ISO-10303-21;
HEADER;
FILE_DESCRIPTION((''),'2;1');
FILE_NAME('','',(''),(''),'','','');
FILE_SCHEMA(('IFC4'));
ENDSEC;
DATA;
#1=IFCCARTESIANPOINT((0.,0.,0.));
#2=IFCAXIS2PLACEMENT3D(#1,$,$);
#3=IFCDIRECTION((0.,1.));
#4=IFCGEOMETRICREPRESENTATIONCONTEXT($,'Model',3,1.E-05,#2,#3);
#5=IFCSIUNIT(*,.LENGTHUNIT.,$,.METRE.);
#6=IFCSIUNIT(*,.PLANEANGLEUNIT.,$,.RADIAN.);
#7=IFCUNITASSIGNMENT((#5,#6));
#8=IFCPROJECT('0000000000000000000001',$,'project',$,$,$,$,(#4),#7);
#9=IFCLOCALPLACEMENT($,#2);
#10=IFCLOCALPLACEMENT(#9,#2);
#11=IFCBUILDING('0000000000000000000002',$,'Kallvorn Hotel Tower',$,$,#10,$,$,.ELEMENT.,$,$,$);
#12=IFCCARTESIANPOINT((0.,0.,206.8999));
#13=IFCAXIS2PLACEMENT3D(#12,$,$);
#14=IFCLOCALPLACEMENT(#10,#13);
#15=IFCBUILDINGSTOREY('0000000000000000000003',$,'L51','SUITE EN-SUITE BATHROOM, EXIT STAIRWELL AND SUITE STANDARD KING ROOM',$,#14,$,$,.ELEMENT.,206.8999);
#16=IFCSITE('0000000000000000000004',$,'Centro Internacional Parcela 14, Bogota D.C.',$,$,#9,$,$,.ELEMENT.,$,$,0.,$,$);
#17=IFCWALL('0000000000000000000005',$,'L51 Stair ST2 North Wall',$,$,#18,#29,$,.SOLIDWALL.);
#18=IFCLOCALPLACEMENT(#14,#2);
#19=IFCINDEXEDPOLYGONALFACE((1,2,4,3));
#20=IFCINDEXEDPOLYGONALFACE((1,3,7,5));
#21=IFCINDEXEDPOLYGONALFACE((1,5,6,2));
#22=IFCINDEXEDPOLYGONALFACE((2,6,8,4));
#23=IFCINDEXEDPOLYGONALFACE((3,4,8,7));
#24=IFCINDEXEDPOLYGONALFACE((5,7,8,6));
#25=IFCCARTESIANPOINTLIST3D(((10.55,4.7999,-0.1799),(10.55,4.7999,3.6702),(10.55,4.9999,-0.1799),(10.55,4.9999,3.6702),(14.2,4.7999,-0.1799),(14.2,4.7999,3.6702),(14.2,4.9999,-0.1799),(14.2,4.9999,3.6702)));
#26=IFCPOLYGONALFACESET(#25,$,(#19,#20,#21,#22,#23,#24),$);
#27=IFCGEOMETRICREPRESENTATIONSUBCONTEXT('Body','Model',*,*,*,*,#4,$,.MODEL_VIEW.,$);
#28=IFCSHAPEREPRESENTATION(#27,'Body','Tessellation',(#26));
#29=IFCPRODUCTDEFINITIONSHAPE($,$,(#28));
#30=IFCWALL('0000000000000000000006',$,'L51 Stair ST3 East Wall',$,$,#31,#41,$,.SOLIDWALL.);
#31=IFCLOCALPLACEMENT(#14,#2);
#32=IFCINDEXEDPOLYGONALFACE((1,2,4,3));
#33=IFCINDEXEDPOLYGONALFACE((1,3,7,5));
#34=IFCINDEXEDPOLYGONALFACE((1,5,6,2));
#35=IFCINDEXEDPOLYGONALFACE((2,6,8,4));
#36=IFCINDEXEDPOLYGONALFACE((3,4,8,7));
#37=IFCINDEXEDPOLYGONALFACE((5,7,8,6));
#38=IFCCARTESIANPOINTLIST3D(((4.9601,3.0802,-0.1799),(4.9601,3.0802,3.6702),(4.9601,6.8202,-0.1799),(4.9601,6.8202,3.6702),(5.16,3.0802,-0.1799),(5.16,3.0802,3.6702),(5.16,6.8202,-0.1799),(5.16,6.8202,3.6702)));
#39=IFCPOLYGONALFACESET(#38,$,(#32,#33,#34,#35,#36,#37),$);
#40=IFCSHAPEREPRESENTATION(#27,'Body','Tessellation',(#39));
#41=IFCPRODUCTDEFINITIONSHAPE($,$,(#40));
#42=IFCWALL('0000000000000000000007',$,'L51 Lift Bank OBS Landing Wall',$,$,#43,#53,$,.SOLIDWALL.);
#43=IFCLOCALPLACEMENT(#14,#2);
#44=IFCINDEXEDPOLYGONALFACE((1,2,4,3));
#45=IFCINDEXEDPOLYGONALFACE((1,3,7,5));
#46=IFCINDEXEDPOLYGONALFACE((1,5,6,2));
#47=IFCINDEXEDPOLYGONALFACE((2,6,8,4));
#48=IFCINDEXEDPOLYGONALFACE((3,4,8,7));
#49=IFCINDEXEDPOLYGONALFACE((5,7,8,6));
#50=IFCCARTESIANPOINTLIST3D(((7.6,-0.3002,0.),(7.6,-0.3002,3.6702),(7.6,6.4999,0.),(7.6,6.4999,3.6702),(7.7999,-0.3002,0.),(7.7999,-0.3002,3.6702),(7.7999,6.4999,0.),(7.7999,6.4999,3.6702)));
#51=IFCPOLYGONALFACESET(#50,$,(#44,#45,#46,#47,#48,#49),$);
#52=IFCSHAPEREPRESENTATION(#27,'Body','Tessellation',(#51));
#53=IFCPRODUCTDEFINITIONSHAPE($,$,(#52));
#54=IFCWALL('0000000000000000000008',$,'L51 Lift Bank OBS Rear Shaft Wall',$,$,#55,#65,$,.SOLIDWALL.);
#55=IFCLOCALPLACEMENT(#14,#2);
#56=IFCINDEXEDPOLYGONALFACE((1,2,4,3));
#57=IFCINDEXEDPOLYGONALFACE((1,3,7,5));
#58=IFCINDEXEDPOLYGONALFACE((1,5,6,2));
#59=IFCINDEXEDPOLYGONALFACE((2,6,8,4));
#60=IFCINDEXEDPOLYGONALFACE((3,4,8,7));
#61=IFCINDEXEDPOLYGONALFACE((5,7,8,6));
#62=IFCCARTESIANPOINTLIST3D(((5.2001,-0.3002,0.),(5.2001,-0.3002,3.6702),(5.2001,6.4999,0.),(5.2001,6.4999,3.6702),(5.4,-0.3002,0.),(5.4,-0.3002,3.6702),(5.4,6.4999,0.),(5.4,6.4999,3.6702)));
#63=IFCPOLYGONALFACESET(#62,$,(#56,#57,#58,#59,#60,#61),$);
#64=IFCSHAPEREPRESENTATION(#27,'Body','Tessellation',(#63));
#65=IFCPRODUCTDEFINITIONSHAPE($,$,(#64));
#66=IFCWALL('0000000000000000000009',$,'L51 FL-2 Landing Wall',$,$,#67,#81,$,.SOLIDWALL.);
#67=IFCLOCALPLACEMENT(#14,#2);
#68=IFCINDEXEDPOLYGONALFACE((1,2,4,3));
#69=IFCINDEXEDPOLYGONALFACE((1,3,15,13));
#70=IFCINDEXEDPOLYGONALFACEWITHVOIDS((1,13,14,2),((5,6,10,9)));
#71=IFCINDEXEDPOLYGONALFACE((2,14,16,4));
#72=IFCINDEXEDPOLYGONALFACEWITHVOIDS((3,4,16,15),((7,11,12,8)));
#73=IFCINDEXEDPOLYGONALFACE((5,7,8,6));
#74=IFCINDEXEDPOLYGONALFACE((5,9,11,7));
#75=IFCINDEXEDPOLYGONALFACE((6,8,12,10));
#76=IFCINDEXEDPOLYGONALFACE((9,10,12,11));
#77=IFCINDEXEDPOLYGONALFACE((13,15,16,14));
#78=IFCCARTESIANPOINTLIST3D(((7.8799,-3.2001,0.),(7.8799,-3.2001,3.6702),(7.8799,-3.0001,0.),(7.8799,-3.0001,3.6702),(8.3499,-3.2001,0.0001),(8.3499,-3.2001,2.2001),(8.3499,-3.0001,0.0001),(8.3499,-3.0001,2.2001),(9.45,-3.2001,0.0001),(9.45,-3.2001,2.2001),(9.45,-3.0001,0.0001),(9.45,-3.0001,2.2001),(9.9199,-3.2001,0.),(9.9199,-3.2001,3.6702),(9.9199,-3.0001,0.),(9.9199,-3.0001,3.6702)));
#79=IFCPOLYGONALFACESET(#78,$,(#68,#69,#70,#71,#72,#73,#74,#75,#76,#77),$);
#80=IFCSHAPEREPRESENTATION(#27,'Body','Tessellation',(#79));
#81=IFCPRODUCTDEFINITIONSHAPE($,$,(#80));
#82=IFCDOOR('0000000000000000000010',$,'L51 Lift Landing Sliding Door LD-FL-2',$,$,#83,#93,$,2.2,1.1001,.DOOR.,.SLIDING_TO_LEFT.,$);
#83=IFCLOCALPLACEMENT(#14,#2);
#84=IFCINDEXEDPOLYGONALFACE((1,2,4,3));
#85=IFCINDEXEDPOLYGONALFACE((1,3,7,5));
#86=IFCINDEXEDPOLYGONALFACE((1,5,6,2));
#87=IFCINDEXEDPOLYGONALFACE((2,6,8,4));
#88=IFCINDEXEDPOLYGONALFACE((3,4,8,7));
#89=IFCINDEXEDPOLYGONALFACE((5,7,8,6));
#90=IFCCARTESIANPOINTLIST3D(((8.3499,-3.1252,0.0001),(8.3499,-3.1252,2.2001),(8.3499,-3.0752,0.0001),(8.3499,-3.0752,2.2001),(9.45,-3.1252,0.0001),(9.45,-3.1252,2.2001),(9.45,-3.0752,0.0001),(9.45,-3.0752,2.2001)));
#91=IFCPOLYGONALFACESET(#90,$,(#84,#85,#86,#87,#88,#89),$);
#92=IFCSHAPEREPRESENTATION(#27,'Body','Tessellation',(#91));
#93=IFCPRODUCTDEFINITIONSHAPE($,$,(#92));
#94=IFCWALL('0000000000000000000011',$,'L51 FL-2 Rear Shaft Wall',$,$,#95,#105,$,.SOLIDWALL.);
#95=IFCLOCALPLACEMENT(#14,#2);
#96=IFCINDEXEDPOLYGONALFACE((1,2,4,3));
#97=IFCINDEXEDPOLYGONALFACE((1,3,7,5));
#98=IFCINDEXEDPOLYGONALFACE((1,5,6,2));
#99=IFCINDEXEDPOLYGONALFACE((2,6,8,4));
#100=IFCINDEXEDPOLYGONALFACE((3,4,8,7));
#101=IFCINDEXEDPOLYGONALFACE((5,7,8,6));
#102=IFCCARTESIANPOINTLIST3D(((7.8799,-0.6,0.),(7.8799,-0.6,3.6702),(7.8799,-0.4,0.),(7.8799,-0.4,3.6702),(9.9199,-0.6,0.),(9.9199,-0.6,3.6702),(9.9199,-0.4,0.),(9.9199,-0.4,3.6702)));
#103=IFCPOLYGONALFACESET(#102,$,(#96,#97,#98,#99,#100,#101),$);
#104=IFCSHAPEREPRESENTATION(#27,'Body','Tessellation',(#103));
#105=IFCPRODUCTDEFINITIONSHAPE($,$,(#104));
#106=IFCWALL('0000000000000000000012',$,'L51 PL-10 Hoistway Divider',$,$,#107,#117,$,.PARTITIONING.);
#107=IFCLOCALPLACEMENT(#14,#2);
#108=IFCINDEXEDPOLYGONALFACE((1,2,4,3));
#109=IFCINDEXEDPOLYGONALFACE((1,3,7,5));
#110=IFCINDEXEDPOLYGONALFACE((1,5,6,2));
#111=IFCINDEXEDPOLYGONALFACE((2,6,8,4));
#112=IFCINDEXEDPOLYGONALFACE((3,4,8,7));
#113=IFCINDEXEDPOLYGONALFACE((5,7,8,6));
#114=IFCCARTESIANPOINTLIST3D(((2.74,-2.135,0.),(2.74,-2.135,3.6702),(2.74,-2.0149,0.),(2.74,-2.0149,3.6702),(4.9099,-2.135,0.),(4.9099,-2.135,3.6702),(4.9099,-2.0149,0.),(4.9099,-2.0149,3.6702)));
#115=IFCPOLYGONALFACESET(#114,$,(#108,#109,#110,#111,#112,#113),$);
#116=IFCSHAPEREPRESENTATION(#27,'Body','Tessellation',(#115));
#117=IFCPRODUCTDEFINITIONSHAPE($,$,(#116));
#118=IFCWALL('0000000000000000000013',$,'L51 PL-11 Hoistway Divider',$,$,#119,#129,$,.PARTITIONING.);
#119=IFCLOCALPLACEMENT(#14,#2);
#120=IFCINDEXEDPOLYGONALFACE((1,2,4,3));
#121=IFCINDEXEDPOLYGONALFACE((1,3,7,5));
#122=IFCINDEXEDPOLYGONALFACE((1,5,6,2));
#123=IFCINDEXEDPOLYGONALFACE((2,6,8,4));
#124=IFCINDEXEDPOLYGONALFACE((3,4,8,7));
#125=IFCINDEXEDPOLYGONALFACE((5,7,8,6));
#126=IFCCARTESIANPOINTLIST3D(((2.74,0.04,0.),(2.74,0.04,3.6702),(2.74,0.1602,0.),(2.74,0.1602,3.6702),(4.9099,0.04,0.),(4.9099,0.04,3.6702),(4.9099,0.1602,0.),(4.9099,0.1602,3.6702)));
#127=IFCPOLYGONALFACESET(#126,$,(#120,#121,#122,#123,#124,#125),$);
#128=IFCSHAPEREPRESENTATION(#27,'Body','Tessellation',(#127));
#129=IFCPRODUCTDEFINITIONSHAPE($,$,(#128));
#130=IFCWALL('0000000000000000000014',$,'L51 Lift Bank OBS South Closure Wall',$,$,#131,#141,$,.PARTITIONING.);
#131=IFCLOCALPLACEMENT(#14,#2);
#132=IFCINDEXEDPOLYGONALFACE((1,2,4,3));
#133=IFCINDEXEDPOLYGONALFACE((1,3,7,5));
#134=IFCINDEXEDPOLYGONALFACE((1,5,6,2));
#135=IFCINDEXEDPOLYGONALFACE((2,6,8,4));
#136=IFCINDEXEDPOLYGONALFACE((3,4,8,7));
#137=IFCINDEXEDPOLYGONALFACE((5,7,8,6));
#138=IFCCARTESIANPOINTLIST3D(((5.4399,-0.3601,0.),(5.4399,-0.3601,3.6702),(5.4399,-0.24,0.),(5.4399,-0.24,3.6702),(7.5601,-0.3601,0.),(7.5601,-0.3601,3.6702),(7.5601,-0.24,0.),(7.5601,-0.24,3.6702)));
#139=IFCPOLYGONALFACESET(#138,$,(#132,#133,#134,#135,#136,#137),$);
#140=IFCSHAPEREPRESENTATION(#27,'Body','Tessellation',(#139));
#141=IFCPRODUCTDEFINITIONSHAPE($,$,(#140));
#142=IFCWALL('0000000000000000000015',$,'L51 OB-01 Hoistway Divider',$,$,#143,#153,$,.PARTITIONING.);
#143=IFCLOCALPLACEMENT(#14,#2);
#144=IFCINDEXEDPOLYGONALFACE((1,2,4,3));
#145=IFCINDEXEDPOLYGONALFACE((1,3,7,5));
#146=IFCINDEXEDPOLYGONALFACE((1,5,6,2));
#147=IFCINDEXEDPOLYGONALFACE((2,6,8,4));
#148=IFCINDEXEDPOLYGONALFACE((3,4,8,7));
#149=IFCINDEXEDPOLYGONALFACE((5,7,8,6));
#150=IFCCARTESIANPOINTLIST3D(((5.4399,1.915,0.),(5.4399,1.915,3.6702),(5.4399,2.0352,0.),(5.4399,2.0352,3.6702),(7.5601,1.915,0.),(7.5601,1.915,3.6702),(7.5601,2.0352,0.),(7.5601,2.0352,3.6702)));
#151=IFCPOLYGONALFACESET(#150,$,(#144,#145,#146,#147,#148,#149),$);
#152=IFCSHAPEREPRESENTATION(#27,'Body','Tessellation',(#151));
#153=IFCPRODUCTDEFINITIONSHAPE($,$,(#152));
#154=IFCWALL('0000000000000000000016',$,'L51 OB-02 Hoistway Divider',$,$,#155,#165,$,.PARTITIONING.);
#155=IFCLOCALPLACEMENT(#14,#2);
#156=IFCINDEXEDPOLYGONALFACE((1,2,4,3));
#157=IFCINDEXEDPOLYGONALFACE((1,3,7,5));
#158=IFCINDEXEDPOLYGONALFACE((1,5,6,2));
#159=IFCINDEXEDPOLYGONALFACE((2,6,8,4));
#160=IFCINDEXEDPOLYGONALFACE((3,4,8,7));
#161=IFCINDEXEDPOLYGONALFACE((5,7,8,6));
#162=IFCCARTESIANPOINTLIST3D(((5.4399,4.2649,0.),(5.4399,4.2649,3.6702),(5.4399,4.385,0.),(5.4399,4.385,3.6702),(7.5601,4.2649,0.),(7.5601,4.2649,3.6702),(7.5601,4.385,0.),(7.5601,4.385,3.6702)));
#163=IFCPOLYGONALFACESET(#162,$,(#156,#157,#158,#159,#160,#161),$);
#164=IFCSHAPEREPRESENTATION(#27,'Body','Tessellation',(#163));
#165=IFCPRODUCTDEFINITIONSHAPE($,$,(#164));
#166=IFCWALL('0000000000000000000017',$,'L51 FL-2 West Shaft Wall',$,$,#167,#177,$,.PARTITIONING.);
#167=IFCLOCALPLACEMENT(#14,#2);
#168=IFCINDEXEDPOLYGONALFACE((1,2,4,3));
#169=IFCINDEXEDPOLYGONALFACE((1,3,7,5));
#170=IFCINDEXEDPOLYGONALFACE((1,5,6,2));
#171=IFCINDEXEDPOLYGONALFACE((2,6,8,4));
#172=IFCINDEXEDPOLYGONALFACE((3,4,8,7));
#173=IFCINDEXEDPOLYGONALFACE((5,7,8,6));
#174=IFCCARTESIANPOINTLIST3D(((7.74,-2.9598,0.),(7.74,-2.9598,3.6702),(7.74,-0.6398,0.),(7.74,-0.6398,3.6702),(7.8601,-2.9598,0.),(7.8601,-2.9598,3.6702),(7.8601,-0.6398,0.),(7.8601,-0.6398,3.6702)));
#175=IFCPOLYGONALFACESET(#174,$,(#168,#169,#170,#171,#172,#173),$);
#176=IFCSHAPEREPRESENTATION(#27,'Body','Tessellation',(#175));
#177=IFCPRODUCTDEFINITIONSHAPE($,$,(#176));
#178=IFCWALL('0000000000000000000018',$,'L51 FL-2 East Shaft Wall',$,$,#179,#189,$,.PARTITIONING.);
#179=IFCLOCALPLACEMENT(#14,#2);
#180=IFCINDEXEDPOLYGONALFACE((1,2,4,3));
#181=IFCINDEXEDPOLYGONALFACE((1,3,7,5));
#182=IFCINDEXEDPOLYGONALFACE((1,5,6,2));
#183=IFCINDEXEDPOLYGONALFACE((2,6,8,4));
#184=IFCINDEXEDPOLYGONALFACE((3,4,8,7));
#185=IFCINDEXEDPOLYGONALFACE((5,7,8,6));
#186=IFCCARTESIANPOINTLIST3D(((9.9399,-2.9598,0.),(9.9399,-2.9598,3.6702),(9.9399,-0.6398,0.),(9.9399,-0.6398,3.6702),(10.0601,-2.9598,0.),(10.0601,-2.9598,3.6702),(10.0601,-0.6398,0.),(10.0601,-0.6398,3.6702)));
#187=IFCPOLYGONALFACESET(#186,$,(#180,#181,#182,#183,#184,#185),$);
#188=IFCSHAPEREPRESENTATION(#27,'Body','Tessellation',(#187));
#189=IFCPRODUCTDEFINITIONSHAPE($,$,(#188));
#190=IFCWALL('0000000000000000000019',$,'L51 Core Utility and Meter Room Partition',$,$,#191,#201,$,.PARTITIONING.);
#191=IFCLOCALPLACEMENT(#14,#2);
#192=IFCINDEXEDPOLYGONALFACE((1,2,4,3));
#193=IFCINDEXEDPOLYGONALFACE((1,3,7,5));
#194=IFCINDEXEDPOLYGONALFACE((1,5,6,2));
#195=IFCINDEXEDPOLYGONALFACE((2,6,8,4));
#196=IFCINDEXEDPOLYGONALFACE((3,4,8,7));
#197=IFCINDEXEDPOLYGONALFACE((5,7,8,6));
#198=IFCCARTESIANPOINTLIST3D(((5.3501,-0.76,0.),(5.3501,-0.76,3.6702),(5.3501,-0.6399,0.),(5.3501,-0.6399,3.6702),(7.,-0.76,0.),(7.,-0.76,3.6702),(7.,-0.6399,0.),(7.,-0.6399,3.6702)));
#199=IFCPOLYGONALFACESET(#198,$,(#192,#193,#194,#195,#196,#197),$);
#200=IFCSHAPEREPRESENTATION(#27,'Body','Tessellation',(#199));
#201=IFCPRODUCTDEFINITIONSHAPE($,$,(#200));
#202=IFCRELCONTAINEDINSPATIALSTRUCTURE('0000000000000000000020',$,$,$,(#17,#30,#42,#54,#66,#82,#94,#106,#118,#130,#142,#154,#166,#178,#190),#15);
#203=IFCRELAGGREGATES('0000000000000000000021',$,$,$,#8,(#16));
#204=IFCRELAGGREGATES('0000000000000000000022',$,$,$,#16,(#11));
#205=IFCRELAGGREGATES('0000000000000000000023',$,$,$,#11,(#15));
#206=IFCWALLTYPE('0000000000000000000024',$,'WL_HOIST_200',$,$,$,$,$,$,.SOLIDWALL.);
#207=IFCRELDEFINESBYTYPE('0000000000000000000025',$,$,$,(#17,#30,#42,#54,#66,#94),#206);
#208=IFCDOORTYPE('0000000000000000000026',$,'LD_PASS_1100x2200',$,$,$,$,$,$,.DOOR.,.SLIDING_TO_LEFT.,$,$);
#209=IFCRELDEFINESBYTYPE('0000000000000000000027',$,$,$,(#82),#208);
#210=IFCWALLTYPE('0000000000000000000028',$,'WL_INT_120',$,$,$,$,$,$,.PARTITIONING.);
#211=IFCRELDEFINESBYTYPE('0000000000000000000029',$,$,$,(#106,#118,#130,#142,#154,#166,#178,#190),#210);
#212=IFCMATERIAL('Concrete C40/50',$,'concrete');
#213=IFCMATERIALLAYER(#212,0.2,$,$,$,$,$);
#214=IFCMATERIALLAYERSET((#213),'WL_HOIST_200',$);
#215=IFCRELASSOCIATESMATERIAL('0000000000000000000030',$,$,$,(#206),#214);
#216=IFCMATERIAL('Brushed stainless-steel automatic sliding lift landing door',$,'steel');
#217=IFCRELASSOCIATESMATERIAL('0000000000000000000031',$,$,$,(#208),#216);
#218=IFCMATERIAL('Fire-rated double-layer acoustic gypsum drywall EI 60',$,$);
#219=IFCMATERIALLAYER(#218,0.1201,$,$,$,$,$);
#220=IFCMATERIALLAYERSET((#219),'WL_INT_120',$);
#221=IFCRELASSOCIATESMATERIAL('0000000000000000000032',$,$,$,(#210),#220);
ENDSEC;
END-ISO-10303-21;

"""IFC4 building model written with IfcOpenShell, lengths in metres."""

from ifc_helpers import new_model, si_unit, direction, frame, frame_2d, origin, place, context, subcontext, project, spatial, rectangle, extrude, material, layer, layer_set, type_object, element, fill, save


model = new_model("IFC4")

# Units and contexts
model_context = context("Model", 3, precision=1e-05, world=origin(), true_north=direction((0.0, 1.0)))
body_context = subcontext(model_context, "Body", "Model", "MODEL_VIEW")
ifc_project = project(units=[si_unit("LENGTHUNIT", "METRE"), si_unit("PLANEANGLEUNIT", "RADIAN")], contexts=[model_context])

# Site, building, storey
site_placement = place(None, origin())
site = spatial("IfcSite", under=ifc_project, at=site_placement, Name="Centro Internacional Parcela 14, Bogota D.C.", CompositionType="ELEMENT", RefElevation=0.0)
building_placement = place(site_placement, origin())
building = spatial("IfcBuilding", under=site, at=building_placement, Name="Kallvorn Hotel Tower", CompositionType="ELEMENT")
storey_placement = place(building_placement, frame((0.0, 0.0, 206.8999)))
storey = spatial("IfcBuildingStorey", under=building, at=storey_placement, Name="L51", Description="SUITE EN-SUITE BATHROOM, EXIT STAIRWELL AND SUITE STANDARD KING ROOM", CompositionType="ELEMENT", Elevation=206.8999)

# Walls
ifc_material_1 = material(Name="Concrete C40/50", Category="concrete")
ifc_layer_1 = layer(ifc_material_1, 0.2)
ifc_layer_set_1 = layer_set([ifc_layer_1], Name="WL_HOIST_200")
wall_type_1 = type_object("IfcWallType", Name="WL_HOIST_200", PredefinedType="SOLIDWALL", material=ifc_layer_set_1)
wall_1_placement = place(storey_placement, frame((10.55, 4.8999, -0.1799), z_axis=(0.0, 0.0, 1.0), x_axis=(1.0, 0.0, 0.0)))
element("IfcWall", 1, at=wall_1_placement, inside=storey, type_object=wall_type_1, Name="L51 Stair ST2 North Wall", PredefinedType="SOLIDWALL", context=body_context, shape_type="SweptSolid", body=[
    extrude(rectangle(XDim=3.6499, YDim=0.2, at=frame_2d((1.825, 0.0))), origin(), (0.0, 0.0, 1.0), 3.8501),
])
wall_2_placement = place(storey_placement, frame((5.0601, 3.0801, -0.1799), z_axis=(0.0, 0.0, 1.0), x_axis=(0.0, 1.0, 0.0)))
element("IfcWall", 2, at=wall_2_placement, inside=storey, type_object=wall_type_1, Name="L51 Stair ST3 East Wall", PredefinedType="SOLIDWALL", context=body_context, shape_type="SweptSolid", body=[
    extrude(rectangle(XDim=3.74, YDim=0.2, at=frame_2d((1.8701, 0.0))), origin(), (0.0, 0.0, 1.0), 3.8501),
])
for number, where, z_axis, x_axis, name in (
    (3, (7.7, -0.3, 0.0), (0.0, 0.0, 1.0), (0.0, 1.0, 0.0), "L51 Lift Bank OBS Landing Wall"),
    (4, (5.3, -0.3, 0.0), (0.0, 0.0, 1.0), (0.0, 1.0, 0.0), "L51 Lift Bank OBS Rear Shaft Wall"),
):
    element("IfcWall", number, at=place(storey_placement, frame(where, z_axis=z_axis, x_axis=x_axis)), inside=storey, type_object=wall_type_1, Name=name, PredefinedType="SOLIDWALL", context=body_context, shape_type="SweptSolid", body=[
        extrude(rectangle(XDim=6.8, YDim=0.2, at=frame_2d((3.3999, 0.0))), origin(), (0.0, 0.0, 1.0), 3.6702),
    ])

# Wall, opening, door
wall_3_placement = place(storey_placement, frame((7.8799, -3.1001, 0.0), z_axis=(0.0, 0.0, 1.0), x_axis=(1.0, 0.0, 0.0)))
wall_3 = element("IfcWall", 5, at=wall_3_placement, inside=storey, type_object=wall_type_1, Name="L51 FL-2 Landing Wall", PredefinedType="SOLIDWALL", context=body_context, shape_type="SweptSolid", body=[
    extrude(rectangle(XDim=2.04, YDim=0.2, at=frame_2d((1.02, 0.0))), origin(), (0.0, 0.0, 1.0), 3.6702),
])
opening_1_placement = place(wall_3_placement, frame((0.47, 0.0, 0.0)))
opening_1 = element("IfcOpeningElement", 6, at=opening_1_placement, cuts=wall_3, PredefinedType="OPENING", context=body_context, shape_type="SweptSolid", body=[
    extrude(rectangle(XDim=1.1001, YDim=2.2, at=frame_2d((0.55, 1.1001))), frame((0.0, 0.115, 0.0), z_axis=(0.0, -1.0, 0.0), x_axis=(1.0, 0.0, 0.0)), (0.0, 0.0, 1.0), 0.23),
])
ifc_material_2 = material(Name="Brushed stainless-steel automatic sliding lift landing door", Category="steel")
door_type_1 = type_object("IfcDoorType", Name="LD_PASS_1100x2200", OperationType="SLIDING_TO_LEFT", PredefinedType="DOOR", material=ifc_material_2)
door_1_placement = place(opening_1_placement, origin())
door_1 = element("IfcDoor", 7, at=door_1_placement, inside=storey, type_object=door_type_1, Name="L51 Lift Landing Sliding Door LD-FL-2", OperationType="SLIDING_TO_LEFT", OverallHeight=2.2, OverallWidth=1.1001, PredefinedType="DOOR", context=body_context, shape_type="SweptSolid", body=[
    extrude(rectangle(XDim=1.1001, YDim=2.2, at=frame_2d((0.55, 1.1001))), frame((0.0, 0.0249, 0.0), z_axis=(0.0, -1.0, 0.0), x_axis=(1.0, 0.0, 0.0)), (0.0, 0.0, 1.0), 0.05),
])
fill(opening_1, door_1)

# Walls
wall_4_placement = place(storey_placement, frame((7.8799, -0.5, 0.0), z_axis=(0.0, 0.0, 1.0), x_axis=(1.0, 0.0, 0.0)))
element("IfcWall", 8, at=wall_4_placement, inside=storey, type_object=wall_type_1, Name="L51 FL-2 Rear Shaft Wall", PredefinedType="SOLIDWALL", context=body_context, shape_type="SweptSolid", body=[
    extrude(rectangle(XDim=2.04, YDim=0.2, at=frame_2d((1.02, 0.0))), origin(), (0.0, 0.0, 1.0), 3.6702),
])
ifc_material_3 = material(Name="Fire-rated double-layer acoustic gypsum drywall EI 60")
ifc_layer_2 = layer(ifc_material_3, 0.1201)
ifc_layer_set_2 = layer_set([ifc_layer_2], Name="WL_INT_120")
wall_type_2 = type_object("IfcWallType", Name="WL_INT_120", PredefinedType="PARTITIONING", material=ifc_layer_set_2)
for number, where, z_axis, x_axis, name in (
    (9, (2.74, -2.075, 0.0), (0.0, 0.0, 1.0), (1.0, 0.0, 0.0), "L51 PL-10 Hoistway Divider"),
    (10, (2.74, 0.1001, 0.0), (0.0, 0.0, 1.0), (1.0, 0.0, 0.0), "L51 PL-11 Hoistway Divider"),
):
    element("IfcWall", number, at=place(storey_placement, frame(where, z_axis=z_axis, x_axis=x_axis)), inside=storey, type_object=wall_type_2, Name=name, PredefinedType="PARTITIONING", context=body_context, shape_type="SweptSolid", body=[
        extrude(rectangle(XDim=2.1699, YDim=0.1201, at=frame_2d((1.085, 0.0))), origin(), (0.0, 0.0, 1.0), 3.6702),
    ])
for number, where, z_axis, x_axis, name in (
    (11, (5.4399, -0.3, 0.0), (0.0, 0.0, 1.0), (1.0, 0.0, 0.0), "L51 Lift Bank OBS South Closure Wall"),
    (12, (5.4399, 1.9751, 0.0), (0.0, 0.0, 1.0), (1.0, 0.0, 0.0), "L51 OB-01 Hoistway Divider"),
    (13, (5.4399, 4.325, 0.0), (0.0, 0.0, 1.0), (1.0, 0.0, 0.0), "L51 OB-02 Hoistway Divider"),
):
    element("IfcWall", number, at=place(storey_placement, frame(where, z_axis=z_axis, x_axis=x_axis)), inside=storey, type_object=wall_type_2, Name=name, PredefinedType="PARTITIONING", context=body_context, shape_type="SweptSolid", body=[
        extrude(rectangle(XDim=2.1201, YDim=0.1201, at=frame_2d((1.0601, 0.0))), origin(), (0.0, 0.0, 1.0), 3.6702),
    ])
for number, where, z_axis, x_axis, name in (
    (14, (7.8, -2.96, 0.0), (0.0, 0.0, 1.0), (0.0, 1.0, 0.0), "L51 FL-2 West Shaft Wall"),
    (15, (10.0, -2.96, 0.0), (0.0, 0.0, 1.0), (0.0, 1.0, 0.0), "L51 FL-2 East Shaft Wall"),
):
    element("IfcWall", number, at=place(storey_placement, frame(where, z_axis=z_axis, x_axis=x_axis)), inside=storey, type_object=wall_type_2, Name=name, PredefinedType="PARTITIONING", context=body_context, shape_type="SweptSolid", body=[
        extrude(rectangle(XDim=2.3201, YDim=0.1201, at=frame_2d((1.1602, 0.0))), origin(), (0.0, 0.0, 1.0), 3.6702),
    ])
wall_5_placement = place(storey_placement, frame((5.3501, -0.7, 0.0), z_axis=(0.0, 0.0, 1.0), x_axis=(1.0, 0.0, 0.0)))
element("IfcWall", 16, at=wall_5_placement, inside=storey, type_object=wall_type_2, Name="L51 Core Utility and Meter Room Partition", PredefinedType="PARTITIONING", context=body_context, shape_type="SweptSolid", body=[
    extrude(rectangle(XDim=1.6499, YDim=0.1201, at=frame_2d((0.825, 0.0))), origin(), (0.0, 0.0, 1.0), 3.6702),
])

save(model, "model.ifc")
